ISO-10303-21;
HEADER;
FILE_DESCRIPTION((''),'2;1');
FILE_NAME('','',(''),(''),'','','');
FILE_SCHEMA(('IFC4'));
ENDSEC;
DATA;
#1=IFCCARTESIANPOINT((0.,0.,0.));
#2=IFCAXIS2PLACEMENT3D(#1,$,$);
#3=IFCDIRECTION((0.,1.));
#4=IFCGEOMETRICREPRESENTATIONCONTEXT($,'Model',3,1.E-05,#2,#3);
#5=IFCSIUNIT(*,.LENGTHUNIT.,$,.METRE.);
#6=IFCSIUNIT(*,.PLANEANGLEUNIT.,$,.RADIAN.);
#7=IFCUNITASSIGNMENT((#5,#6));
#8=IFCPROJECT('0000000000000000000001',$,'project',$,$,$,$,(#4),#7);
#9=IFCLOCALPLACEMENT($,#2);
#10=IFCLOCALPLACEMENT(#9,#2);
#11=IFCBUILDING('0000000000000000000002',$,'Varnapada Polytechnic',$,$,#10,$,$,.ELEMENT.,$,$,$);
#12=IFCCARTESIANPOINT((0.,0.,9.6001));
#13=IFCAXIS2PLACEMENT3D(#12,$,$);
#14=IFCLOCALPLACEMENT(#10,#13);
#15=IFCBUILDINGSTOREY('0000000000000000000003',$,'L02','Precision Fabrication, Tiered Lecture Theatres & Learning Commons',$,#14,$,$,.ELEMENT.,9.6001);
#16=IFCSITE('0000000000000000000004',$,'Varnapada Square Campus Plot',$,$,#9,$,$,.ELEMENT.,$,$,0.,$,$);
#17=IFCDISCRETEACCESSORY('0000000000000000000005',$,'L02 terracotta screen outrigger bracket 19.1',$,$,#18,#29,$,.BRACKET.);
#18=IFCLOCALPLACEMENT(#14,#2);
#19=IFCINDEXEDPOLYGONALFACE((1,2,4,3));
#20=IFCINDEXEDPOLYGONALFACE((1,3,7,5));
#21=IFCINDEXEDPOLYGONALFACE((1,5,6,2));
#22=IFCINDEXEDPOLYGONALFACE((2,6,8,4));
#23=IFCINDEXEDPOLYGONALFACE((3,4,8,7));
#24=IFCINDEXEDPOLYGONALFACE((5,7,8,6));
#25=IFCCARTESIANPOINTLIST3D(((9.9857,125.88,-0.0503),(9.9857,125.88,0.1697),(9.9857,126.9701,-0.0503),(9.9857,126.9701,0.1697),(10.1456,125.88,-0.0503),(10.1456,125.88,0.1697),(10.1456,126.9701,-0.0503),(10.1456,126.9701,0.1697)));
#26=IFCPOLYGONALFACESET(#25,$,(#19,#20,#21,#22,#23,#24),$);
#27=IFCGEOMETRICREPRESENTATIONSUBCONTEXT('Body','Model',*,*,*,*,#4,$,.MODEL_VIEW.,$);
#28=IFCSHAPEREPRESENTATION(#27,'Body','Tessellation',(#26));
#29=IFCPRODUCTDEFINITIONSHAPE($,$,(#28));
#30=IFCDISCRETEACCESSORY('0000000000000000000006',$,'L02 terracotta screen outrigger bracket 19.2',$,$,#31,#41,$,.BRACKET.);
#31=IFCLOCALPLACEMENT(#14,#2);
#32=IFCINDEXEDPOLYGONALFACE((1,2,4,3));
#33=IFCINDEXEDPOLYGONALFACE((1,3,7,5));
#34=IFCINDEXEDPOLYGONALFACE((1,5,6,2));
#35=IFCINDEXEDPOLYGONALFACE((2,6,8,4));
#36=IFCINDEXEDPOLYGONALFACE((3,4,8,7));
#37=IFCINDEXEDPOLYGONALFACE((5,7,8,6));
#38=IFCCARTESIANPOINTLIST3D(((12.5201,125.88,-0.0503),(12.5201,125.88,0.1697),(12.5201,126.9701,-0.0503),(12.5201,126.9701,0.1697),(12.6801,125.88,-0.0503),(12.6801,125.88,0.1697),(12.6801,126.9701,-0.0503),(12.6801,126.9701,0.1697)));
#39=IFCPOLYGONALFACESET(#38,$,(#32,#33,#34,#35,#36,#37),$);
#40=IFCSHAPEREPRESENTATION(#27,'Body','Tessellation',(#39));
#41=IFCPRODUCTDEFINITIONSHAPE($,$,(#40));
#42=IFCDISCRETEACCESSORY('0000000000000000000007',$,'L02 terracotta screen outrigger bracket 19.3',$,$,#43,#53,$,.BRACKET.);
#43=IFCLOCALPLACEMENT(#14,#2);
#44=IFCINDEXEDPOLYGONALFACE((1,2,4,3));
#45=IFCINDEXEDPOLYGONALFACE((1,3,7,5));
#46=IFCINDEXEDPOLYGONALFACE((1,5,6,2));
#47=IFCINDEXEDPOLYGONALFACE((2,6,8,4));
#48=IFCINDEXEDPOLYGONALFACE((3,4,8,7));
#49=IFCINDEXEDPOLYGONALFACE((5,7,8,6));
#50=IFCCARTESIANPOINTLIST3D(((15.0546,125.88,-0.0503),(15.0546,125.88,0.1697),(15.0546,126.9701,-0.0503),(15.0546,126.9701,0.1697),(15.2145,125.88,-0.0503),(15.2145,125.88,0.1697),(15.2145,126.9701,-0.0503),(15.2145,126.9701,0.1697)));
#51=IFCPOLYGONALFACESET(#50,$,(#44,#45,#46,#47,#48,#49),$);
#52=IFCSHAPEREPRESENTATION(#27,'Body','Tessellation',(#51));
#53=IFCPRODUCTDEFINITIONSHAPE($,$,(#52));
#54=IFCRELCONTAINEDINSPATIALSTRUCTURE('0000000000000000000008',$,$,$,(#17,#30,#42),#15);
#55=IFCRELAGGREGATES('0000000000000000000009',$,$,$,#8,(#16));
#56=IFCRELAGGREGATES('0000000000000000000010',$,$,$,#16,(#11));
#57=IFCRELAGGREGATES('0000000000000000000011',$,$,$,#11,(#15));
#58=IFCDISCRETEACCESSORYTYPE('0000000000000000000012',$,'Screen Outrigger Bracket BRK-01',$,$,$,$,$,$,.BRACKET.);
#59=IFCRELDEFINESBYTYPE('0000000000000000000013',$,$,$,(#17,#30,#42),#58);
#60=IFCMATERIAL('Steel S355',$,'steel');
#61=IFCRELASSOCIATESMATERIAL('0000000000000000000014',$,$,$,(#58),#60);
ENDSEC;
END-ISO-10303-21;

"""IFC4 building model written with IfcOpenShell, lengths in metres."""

from ifc_helpers import new_model, si_unit, direction, frame, origin, origin_2d, place, context, subcontext, project, spatial, rectangle, extrude, material, type_object, element, save


model = new_model("IFC4")

# Units and contexts
model_context = context("Model", 3, precision=1e-05, world=origin(), true_north=direction((0.0, 1.0)))
body_context = subcontext(model_context, "Body", "Model", "MODEL_VIEW")
ifc_project = project(units=[si_unit("LENGTHUNIT", "METRE"), si_unit("PLANEANGLEUNIT", "RADIAN")], contexts=[model_context])

# Site, building, storey
site_placement = place(None, origin())
site = spatial("IfcSite", under=ifc_project, at=site_placement, Name="Varnapada Square Campus Plot", CompositionType="ELEMENT", RefElevation=0.0)
building_placement = place(site_placement, origin())
building = spatial("IfcBuilding", under=site, at=building_placement, Name="Varnapada Polytechnic", CompositionType="ELEMENT")
storey_placement = place(building_placement, frame((0.0, 0.0, 9.6001)))
storey = spatial("IfcBuildingStorey", under=building, at=storey_placement, Name="L02", Description="Precision Fabrication, Tiered Lecture Theatres & Learning Commons", CompositionType="ELEMENT", Elevation=9.6001)

# Discrete accessories
ifc_material_1 = material(Name="Steel S355", Category="steel")
discrete_accessory_type = type_object("IfcDiscreteAccessoryType", Name="Screen Outrigger Bracket BRK-01", PredefinedType="BRACKET", material=ifc_material_1)
for number, where, z_axis, x_axis, name in (
    (1, (10.0657, 126.425, -0.0503), (0.0, 0.0, 1.0), (1.0, 0.0, 0.0), "L02 terracotta screen outrigger bracket 19.1"),
    (2, (12.6001, 126.425, -0.0503), (0.0, 0.0, 1.0), (1.0, 0.0, 0.0), "L02 terracotta screen outrigger bracket 19.2"),
    (3, (15.1345, 126.425, -0.0503), (0.0, 0.0, 1.0), (1.0, 0.0, 0.0), "L02 terracotta screen outrigger bracket 19.3"),
):
    element("IfcDiscreteAccessory", number, at=place(storey_placement, frame(where, z_axis=z_axis, x_axis=x_axis)), inside=storey, type_object=discrete_accessory_type, Name=name, PredefinedType="BRACKET", context=body_context, shape_type="SweptSolid", body=[
        extrude(rectangle(XDim=0.1599, YDim=1.0901, at=origin_2d()), origin(), (0.0, 0.0, 1.0), 0.22),
    ])

save(model, "model.ifc")
